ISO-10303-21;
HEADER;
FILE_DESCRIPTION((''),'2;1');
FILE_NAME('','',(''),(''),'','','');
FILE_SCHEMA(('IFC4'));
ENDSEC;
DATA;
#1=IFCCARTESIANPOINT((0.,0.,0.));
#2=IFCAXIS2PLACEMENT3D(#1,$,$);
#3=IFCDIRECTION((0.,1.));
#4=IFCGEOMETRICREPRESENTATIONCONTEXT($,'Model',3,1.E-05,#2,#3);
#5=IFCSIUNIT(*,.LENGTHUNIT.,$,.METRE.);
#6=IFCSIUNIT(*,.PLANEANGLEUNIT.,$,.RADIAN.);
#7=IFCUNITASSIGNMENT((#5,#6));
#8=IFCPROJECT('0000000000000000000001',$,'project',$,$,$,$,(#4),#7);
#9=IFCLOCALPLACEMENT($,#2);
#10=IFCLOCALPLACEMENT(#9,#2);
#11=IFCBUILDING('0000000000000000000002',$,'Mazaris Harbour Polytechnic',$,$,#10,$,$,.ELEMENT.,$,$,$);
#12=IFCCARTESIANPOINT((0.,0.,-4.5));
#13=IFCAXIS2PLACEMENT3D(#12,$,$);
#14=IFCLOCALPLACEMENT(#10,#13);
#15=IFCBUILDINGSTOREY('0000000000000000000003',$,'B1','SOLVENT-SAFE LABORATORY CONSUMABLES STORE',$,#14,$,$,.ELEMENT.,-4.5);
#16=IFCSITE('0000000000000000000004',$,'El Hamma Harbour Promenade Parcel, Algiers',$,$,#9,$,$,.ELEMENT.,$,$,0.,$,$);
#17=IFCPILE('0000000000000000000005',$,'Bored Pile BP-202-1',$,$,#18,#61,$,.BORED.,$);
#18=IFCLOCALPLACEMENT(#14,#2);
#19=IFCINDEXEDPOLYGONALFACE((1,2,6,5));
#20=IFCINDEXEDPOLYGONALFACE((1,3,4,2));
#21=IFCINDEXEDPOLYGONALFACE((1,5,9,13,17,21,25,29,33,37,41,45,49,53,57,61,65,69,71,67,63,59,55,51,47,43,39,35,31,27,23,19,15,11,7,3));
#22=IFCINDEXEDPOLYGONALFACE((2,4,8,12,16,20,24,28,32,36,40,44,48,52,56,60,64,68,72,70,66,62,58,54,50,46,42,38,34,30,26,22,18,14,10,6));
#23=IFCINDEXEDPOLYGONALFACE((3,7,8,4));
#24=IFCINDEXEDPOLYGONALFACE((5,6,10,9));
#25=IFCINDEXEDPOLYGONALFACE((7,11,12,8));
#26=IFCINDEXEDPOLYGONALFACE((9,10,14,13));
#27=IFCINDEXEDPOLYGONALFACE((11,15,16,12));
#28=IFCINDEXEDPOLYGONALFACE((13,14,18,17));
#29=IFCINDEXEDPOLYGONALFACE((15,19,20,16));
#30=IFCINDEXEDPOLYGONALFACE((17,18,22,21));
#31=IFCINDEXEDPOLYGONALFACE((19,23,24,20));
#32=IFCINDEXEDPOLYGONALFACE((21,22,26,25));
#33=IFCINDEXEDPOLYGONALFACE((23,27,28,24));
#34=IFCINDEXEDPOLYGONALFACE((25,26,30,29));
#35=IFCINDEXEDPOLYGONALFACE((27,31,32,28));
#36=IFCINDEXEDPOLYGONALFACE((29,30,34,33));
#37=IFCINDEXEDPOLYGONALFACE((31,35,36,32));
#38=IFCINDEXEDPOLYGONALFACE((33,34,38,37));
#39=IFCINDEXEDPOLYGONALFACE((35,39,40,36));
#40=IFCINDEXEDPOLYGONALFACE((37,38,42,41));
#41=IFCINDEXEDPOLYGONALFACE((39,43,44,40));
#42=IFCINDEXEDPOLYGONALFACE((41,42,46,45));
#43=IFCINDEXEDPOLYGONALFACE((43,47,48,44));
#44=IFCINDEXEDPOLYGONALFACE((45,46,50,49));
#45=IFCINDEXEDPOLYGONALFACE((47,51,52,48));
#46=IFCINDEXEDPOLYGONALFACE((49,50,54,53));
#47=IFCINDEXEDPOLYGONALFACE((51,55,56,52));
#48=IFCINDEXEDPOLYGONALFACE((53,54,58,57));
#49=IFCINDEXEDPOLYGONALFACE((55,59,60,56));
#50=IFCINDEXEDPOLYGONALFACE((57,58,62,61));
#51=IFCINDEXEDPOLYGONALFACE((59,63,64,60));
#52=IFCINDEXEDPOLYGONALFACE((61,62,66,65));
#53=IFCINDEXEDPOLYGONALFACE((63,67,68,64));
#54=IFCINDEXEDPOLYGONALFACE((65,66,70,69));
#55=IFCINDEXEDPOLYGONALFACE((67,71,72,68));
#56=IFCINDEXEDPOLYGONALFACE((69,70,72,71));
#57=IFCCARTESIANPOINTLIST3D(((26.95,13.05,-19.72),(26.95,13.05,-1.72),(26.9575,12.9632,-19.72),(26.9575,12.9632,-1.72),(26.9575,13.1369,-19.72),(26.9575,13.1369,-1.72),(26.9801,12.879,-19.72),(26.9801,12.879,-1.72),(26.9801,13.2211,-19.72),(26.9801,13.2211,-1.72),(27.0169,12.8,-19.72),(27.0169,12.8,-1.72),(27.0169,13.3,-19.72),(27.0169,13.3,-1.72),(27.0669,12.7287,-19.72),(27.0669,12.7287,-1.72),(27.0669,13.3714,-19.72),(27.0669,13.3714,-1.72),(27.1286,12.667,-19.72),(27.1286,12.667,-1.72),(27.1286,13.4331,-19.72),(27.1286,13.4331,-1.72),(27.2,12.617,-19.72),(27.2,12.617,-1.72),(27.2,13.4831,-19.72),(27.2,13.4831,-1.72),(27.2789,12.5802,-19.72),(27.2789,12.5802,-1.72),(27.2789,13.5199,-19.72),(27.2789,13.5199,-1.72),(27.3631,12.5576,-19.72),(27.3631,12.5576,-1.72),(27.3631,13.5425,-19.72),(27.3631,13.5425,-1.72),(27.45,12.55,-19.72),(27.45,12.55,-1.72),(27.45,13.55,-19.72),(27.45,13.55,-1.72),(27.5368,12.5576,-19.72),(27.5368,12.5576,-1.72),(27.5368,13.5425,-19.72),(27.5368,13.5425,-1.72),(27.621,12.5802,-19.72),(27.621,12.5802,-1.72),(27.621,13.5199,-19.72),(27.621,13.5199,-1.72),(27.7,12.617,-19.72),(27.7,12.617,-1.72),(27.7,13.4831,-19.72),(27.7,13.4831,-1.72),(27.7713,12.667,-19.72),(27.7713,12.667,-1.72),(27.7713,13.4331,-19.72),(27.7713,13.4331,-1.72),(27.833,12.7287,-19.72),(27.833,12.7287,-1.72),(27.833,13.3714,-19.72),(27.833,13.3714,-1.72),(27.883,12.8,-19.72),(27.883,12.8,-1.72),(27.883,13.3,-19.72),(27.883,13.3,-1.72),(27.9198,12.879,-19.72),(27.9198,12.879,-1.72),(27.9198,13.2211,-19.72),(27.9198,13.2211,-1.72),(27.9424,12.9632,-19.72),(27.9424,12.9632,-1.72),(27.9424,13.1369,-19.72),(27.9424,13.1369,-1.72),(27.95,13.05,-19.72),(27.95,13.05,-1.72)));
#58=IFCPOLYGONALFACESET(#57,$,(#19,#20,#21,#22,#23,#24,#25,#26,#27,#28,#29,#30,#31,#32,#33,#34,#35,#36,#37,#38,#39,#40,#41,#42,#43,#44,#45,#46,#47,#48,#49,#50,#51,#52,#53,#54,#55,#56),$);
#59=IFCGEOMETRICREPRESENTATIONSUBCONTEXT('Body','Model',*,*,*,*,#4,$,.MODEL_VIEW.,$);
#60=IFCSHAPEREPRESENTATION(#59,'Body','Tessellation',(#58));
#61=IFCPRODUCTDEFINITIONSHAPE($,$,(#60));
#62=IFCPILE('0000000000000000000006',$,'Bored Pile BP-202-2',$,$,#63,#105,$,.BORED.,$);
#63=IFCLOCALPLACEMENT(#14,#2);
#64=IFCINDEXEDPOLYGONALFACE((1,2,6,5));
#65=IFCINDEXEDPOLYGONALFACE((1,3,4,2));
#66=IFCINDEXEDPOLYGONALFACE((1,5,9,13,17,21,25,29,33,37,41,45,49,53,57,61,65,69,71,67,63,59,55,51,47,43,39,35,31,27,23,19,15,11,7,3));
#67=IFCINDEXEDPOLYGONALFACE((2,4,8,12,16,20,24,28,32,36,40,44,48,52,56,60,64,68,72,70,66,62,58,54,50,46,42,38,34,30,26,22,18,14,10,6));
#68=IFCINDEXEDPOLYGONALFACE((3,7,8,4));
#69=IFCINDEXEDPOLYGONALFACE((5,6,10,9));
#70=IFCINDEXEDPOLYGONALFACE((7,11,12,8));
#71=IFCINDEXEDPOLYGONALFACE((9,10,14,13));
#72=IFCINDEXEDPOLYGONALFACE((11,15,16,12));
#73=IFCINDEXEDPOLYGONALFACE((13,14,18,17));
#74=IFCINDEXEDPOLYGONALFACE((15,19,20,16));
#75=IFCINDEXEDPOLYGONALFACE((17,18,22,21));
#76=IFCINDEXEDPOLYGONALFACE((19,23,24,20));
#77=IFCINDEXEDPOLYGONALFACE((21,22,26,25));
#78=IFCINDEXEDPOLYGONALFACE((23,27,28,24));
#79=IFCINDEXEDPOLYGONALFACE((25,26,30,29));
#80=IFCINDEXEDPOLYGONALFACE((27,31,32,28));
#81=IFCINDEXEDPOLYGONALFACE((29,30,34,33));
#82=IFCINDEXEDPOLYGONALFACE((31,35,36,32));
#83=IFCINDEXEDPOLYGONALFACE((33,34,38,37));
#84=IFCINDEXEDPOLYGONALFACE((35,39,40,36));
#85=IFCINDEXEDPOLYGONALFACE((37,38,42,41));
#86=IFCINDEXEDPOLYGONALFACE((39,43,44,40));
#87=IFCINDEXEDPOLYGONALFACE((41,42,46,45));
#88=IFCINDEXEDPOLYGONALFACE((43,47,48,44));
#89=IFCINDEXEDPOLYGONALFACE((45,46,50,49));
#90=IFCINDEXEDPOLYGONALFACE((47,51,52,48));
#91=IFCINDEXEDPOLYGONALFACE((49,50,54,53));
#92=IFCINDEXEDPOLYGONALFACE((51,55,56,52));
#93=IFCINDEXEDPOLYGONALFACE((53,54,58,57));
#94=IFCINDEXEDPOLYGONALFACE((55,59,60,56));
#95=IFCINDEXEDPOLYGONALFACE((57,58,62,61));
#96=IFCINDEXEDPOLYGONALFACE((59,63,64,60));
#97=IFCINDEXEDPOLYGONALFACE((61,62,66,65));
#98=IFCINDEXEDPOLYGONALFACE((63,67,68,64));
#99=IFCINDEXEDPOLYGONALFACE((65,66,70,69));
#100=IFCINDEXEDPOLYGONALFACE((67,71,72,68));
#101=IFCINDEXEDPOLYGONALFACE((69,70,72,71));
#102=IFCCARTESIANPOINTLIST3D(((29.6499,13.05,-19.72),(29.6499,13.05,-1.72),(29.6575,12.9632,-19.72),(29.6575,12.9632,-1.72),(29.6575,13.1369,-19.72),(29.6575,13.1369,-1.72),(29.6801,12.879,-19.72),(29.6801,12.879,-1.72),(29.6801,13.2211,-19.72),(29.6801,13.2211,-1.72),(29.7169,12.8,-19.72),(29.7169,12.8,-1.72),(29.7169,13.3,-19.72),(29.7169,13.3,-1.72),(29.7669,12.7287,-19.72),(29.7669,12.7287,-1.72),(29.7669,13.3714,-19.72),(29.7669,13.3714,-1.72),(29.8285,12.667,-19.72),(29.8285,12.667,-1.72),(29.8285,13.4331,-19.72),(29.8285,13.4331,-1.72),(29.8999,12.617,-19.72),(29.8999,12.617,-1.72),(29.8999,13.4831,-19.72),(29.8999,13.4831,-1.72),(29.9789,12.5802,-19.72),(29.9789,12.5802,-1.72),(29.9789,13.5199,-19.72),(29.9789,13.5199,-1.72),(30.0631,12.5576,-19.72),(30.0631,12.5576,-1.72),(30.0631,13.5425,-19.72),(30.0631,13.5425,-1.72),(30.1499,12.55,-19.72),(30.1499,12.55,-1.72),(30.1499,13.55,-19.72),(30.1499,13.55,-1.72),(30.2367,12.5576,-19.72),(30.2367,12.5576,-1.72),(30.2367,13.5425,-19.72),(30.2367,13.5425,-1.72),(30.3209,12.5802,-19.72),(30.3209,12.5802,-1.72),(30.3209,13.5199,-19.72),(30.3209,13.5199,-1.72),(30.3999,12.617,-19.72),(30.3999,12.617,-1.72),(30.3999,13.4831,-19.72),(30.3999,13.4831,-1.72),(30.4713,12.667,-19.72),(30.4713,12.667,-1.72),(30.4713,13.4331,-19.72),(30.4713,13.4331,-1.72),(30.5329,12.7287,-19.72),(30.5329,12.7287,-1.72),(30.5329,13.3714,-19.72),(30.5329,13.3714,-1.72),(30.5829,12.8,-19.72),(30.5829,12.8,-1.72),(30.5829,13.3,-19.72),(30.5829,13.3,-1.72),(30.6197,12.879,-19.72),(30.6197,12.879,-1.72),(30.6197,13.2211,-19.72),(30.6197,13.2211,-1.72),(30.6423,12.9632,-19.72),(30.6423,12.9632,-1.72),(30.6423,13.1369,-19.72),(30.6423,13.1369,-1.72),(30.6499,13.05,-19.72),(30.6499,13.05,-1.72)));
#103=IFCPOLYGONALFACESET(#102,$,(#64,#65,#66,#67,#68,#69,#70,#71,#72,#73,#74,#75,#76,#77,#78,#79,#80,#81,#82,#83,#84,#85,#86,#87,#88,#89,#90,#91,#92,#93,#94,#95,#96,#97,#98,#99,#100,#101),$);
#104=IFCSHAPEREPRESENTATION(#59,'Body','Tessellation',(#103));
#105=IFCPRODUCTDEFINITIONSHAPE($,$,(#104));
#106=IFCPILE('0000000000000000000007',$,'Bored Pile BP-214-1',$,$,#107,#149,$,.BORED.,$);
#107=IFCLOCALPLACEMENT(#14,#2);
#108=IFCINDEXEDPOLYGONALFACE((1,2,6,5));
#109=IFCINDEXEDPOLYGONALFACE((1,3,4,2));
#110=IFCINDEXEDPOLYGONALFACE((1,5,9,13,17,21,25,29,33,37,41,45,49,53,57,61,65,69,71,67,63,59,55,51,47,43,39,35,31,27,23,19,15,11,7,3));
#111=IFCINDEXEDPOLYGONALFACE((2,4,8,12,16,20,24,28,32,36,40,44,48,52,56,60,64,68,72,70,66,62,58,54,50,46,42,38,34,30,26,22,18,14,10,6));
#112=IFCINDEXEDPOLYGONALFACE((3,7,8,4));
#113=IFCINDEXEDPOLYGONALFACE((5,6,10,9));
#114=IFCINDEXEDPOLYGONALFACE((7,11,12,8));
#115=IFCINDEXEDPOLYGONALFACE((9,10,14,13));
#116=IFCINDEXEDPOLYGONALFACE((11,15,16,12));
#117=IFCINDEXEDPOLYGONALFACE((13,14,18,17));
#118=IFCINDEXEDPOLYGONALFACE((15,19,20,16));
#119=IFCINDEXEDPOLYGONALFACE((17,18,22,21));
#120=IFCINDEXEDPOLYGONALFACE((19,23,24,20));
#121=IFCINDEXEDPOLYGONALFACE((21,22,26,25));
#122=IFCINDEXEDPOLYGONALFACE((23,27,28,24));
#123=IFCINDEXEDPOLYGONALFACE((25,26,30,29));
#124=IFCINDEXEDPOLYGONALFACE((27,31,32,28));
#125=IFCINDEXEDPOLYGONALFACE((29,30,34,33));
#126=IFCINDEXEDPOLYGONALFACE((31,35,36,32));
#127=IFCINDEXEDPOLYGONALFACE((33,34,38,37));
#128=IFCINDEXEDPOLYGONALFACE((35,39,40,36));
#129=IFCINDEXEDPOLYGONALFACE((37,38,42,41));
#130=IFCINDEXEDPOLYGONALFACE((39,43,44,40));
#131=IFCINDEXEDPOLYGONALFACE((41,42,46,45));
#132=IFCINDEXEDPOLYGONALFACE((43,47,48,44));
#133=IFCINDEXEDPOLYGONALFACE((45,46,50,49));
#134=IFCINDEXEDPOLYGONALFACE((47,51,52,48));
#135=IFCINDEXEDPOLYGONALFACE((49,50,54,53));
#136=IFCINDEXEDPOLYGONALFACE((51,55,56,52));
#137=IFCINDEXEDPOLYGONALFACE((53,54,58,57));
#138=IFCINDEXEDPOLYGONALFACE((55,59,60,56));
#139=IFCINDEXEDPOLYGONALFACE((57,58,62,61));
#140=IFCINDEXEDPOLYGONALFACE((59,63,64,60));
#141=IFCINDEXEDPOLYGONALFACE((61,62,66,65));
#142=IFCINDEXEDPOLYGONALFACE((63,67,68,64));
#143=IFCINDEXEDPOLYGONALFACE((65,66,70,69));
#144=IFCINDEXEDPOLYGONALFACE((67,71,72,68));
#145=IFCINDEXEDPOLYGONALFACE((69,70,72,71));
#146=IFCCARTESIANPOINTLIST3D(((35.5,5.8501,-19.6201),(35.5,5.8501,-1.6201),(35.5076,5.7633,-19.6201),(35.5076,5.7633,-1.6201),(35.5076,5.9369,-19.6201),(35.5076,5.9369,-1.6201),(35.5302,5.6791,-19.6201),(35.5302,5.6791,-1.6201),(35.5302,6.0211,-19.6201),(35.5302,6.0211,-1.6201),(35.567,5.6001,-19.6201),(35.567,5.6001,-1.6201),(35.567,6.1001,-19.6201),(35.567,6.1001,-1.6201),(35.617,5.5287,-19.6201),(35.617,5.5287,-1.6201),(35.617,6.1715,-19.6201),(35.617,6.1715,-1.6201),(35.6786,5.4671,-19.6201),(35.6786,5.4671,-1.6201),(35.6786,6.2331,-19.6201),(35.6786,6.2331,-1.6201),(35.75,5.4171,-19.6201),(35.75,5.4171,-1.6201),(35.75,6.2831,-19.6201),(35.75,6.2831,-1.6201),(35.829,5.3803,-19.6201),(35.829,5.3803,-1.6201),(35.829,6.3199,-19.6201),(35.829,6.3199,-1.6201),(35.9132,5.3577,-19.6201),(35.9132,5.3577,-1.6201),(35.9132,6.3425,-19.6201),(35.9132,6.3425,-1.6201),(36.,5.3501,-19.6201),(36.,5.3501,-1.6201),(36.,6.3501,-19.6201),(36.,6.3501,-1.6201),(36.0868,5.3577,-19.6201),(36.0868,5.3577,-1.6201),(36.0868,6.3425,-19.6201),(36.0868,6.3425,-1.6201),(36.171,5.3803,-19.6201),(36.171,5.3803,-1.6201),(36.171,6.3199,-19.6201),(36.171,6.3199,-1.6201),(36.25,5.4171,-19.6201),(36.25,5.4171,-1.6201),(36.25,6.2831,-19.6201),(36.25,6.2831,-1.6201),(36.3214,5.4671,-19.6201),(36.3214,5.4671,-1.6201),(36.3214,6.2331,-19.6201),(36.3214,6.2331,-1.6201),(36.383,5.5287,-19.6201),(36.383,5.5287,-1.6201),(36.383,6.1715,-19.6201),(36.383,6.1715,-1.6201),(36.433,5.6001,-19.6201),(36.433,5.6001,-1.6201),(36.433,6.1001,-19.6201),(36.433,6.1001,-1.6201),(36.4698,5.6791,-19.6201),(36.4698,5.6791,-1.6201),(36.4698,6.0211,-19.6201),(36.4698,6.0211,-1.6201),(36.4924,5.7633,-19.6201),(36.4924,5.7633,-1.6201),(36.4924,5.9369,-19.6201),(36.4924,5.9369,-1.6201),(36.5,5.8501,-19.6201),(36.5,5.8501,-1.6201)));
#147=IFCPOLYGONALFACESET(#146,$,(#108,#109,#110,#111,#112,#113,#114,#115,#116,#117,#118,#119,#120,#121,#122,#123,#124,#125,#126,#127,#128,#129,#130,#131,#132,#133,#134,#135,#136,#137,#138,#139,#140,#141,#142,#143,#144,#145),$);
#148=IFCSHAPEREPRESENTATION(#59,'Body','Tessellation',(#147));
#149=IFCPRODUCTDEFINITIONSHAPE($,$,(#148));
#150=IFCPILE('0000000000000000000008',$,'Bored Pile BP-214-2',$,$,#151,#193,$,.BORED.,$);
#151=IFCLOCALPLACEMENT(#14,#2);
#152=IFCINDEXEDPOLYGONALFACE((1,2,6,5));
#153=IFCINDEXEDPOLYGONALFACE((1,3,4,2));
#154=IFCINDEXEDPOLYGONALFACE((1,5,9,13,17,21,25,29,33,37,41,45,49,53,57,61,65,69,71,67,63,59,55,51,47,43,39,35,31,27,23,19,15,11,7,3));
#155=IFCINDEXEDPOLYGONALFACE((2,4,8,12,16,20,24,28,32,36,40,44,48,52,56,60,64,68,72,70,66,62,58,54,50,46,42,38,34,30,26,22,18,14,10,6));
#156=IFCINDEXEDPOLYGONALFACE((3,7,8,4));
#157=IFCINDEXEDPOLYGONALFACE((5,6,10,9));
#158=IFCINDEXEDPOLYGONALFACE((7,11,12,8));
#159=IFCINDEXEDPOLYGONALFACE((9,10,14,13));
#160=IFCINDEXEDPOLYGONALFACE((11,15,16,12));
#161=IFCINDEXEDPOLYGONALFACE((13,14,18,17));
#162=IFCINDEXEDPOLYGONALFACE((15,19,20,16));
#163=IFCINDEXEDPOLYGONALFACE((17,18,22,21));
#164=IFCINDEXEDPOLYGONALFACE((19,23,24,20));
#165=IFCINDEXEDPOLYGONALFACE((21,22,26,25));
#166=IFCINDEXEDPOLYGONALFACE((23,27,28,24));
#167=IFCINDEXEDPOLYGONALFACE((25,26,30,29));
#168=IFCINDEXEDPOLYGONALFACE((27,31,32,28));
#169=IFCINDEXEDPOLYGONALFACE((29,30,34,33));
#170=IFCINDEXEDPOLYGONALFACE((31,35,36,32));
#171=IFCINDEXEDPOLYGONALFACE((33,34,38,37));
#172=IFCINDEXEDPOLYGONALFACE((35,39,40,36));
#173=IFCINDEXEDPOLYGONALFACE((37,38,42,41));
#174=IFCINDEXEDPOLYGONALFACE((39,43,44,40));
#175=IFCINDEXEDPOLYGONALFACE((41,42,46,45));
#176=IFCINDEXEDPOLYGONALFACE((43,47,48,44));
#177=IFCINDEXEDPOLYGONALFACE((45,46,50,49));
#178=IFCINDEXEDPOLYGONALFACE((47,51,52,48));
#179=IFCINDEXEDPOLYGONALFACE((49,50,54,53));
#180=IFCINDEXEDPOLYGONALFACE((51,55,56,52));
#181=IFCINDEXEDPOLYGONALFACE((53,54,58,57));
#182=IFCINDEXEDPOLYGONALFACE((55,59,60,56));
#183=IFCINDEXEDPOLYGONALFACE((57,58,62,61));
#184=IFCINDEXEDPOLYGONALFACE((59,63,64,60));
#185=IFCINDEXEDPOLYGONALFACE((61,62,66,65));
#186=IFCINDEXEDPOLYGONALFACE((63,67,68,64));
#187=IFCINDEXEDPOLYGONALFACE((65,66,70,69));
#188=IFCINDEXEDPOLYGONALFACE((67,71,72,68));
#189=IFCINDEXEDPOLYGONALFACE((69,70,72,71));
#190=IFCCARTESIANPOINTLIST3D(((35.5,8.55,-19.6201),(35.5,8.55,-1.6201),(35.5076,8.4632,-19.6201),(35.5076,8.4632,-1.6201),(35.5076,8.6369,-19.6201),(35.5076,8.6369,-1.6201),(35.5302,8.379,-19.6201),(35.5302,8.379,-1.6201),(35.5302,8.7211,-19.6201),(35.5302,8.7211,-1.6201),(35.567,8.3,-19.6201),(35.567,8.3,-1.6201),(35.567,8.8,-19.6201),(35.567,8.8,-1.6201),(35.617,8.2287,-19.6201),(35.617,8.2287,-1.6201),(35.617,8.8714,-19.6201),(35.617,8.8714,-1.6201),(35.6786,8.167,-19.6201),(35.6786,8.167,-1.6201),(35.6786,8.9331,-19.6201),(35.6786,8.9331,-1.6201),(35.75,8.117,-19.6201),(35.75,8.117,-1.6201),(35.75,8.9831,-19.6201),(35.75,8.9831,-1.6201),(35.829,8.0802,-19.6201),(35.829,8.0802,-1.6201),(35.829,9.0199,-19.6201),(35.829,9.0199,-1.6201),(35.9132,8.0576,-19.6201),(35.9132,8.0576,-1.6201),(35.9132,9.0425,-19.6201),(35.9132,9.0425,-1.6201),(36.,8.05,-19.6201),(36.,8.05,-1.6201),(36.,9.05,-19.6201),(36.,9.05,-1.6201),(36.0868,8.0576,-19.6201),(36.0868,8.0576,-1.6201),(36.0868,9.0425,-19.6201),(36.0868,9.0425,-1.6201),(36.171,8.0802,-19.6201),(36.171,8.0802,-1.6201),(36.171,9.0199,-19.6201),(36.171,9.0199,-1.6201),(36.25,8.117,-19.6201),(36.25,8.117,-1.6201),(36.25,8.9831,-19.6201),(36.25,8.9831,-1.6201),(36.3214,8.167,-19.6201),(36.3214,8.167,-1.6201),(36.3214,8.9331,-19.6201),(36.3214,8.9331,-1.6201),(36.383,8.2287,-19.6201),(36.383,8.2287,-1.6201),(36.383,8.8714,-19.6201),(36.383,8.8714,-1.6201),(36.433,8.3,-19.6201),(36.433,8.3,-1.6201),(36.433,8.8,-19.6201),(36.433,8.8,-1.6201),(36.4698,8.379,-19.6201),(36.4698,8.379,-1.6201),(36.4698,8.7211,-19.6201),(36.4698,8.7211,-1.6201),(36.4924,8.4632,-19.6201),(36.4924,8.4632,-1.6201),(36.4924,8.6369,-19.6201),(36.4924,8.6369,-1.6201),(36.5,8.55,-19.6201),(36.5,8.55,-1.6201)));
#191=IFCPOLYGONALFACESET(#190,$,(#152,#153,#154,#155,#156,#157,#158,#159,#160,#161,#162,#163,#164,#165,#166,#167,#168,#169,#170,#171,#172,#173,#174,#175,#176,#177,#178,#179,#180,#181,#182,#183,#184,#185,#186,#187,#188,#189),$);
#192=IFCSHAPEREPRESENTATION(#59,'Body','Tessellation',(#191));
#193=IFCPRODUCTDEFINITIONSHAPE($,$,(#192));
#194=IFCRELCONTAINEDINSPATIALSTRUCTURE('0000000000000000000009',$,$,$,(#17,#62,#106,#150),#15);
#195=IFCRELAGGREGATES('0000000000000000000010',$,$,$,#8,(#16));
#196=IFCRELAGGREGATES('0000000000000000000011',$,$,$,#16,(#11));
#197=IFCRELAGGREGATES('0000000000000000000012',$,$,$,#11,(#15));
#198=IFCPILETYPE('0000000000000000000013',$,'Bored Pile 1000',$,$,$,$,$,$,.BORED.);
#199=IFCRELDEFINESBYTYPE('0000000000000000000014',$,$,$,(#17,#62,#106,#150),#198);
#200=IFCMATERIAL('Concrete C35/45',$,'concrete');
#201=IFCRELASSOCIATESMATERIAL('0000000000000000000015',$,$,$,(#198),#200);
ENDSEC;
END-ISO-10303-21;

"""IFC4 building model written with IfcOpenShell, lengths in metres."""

from ifc_helpers import new_model, si_unit, direction, frame, origin, origin_2d, place, context, subcontext, project, spatial, circle, extrude, material, material_profile, profile_set, type_object, element, save


model = new_model("IFC4")

# Units and contexts
model_context = context("Model", 3, precision=1e-05, world=origin(), true_north=direction((0.0, 1.0)))
body_context = subcontext(model_context, "Body", "Model", "MODEL_VIEW")
ifc_project = project(units=[si_unit("LENGTHUNIT", "METRE"), si_unit("PLANEANGLEUNIT", "RADIAN")], contexts=[model_context])

# Site, building, storey
site_placement = place(None, origin())
site = spatial("IfcSite", under=ifc_project, at=site_placement, Name="El Hamma Harbour Promenade Parcel, Algiers", CompositionType="ELEMENT", RefElevation=0.0)
building_placement = place(site_placement, origin())
building = spatial("IfcBuilding", under=site, at=building_placement, Name="Mazaris Harbour Polytechnic", CompositionType="ELEMENT")
storey_placement = place(building_placement, frame((0.0, 0.0, -4.5)))
storey = spatial("IfcBuildingStorey", under=building, at=storey_placement, Name="B1", Description="SOLVENT-SAFE LABORATORY CONSUMABLES STORE", CompositionType="ELEMENT", Elevation=-4.5)

# Piles
ifc_material_1 = material(Name="Concrete C35/45", Category="concrete")
ifc_material_profile_1 = material_profile(ifc_material_1, circle(Radius=0.5, at=origin_2d()), Name="DIA1000")
ifc_profile_set_1 = profile_set([ifc_material_profile_1], Name="Concrete C35/45")
pile_type_1 = type_object("IfcPileType", Name="Bored Pile 1000", PredefinedType="BORED", material=ifc_profile_set_1)
for number, where, z_axis, x_axis, name in (
    (1, (27.45, 13.05, -1.72), (0.0, 0.0, -1.0), (1.0, 0.0, 0.0), "Bored Pile BP-202-1"),
    (2, (30.1499, 13.05, -1.72), (0.0, 0.0, -1.0), (1.0, 0.0, 0.0), "Bored Pile BP-202-2"),
    (3, (36.0, 5.8501, -1.6201), (0.0, 0.0, -1.0), (1.0, 0.0, 0.0), "Bored Pile BP-214-1"),
    (4, (36.0, 8.55, -1.6201), (0.0, 0.0, -1.0), (1.0, 0.0, 0.0), "Bored Pile BP-214-2"),
):
    element("IfcPile", number, at=place(storey_placement, frame(where, z_axis=z_axis, x_axis=x_axis)), inside=storey, type_object=pile_type_1, Name=name, PredefinedType="BORED", context=body_context, shape_type="SweptSolid", body=[
        extrude(circle(Radius=0.5, at=origin_2d()), origin(), (0.0, 0.0, 1.0), 18.0),
    ])

save(model, "model.ifc")
